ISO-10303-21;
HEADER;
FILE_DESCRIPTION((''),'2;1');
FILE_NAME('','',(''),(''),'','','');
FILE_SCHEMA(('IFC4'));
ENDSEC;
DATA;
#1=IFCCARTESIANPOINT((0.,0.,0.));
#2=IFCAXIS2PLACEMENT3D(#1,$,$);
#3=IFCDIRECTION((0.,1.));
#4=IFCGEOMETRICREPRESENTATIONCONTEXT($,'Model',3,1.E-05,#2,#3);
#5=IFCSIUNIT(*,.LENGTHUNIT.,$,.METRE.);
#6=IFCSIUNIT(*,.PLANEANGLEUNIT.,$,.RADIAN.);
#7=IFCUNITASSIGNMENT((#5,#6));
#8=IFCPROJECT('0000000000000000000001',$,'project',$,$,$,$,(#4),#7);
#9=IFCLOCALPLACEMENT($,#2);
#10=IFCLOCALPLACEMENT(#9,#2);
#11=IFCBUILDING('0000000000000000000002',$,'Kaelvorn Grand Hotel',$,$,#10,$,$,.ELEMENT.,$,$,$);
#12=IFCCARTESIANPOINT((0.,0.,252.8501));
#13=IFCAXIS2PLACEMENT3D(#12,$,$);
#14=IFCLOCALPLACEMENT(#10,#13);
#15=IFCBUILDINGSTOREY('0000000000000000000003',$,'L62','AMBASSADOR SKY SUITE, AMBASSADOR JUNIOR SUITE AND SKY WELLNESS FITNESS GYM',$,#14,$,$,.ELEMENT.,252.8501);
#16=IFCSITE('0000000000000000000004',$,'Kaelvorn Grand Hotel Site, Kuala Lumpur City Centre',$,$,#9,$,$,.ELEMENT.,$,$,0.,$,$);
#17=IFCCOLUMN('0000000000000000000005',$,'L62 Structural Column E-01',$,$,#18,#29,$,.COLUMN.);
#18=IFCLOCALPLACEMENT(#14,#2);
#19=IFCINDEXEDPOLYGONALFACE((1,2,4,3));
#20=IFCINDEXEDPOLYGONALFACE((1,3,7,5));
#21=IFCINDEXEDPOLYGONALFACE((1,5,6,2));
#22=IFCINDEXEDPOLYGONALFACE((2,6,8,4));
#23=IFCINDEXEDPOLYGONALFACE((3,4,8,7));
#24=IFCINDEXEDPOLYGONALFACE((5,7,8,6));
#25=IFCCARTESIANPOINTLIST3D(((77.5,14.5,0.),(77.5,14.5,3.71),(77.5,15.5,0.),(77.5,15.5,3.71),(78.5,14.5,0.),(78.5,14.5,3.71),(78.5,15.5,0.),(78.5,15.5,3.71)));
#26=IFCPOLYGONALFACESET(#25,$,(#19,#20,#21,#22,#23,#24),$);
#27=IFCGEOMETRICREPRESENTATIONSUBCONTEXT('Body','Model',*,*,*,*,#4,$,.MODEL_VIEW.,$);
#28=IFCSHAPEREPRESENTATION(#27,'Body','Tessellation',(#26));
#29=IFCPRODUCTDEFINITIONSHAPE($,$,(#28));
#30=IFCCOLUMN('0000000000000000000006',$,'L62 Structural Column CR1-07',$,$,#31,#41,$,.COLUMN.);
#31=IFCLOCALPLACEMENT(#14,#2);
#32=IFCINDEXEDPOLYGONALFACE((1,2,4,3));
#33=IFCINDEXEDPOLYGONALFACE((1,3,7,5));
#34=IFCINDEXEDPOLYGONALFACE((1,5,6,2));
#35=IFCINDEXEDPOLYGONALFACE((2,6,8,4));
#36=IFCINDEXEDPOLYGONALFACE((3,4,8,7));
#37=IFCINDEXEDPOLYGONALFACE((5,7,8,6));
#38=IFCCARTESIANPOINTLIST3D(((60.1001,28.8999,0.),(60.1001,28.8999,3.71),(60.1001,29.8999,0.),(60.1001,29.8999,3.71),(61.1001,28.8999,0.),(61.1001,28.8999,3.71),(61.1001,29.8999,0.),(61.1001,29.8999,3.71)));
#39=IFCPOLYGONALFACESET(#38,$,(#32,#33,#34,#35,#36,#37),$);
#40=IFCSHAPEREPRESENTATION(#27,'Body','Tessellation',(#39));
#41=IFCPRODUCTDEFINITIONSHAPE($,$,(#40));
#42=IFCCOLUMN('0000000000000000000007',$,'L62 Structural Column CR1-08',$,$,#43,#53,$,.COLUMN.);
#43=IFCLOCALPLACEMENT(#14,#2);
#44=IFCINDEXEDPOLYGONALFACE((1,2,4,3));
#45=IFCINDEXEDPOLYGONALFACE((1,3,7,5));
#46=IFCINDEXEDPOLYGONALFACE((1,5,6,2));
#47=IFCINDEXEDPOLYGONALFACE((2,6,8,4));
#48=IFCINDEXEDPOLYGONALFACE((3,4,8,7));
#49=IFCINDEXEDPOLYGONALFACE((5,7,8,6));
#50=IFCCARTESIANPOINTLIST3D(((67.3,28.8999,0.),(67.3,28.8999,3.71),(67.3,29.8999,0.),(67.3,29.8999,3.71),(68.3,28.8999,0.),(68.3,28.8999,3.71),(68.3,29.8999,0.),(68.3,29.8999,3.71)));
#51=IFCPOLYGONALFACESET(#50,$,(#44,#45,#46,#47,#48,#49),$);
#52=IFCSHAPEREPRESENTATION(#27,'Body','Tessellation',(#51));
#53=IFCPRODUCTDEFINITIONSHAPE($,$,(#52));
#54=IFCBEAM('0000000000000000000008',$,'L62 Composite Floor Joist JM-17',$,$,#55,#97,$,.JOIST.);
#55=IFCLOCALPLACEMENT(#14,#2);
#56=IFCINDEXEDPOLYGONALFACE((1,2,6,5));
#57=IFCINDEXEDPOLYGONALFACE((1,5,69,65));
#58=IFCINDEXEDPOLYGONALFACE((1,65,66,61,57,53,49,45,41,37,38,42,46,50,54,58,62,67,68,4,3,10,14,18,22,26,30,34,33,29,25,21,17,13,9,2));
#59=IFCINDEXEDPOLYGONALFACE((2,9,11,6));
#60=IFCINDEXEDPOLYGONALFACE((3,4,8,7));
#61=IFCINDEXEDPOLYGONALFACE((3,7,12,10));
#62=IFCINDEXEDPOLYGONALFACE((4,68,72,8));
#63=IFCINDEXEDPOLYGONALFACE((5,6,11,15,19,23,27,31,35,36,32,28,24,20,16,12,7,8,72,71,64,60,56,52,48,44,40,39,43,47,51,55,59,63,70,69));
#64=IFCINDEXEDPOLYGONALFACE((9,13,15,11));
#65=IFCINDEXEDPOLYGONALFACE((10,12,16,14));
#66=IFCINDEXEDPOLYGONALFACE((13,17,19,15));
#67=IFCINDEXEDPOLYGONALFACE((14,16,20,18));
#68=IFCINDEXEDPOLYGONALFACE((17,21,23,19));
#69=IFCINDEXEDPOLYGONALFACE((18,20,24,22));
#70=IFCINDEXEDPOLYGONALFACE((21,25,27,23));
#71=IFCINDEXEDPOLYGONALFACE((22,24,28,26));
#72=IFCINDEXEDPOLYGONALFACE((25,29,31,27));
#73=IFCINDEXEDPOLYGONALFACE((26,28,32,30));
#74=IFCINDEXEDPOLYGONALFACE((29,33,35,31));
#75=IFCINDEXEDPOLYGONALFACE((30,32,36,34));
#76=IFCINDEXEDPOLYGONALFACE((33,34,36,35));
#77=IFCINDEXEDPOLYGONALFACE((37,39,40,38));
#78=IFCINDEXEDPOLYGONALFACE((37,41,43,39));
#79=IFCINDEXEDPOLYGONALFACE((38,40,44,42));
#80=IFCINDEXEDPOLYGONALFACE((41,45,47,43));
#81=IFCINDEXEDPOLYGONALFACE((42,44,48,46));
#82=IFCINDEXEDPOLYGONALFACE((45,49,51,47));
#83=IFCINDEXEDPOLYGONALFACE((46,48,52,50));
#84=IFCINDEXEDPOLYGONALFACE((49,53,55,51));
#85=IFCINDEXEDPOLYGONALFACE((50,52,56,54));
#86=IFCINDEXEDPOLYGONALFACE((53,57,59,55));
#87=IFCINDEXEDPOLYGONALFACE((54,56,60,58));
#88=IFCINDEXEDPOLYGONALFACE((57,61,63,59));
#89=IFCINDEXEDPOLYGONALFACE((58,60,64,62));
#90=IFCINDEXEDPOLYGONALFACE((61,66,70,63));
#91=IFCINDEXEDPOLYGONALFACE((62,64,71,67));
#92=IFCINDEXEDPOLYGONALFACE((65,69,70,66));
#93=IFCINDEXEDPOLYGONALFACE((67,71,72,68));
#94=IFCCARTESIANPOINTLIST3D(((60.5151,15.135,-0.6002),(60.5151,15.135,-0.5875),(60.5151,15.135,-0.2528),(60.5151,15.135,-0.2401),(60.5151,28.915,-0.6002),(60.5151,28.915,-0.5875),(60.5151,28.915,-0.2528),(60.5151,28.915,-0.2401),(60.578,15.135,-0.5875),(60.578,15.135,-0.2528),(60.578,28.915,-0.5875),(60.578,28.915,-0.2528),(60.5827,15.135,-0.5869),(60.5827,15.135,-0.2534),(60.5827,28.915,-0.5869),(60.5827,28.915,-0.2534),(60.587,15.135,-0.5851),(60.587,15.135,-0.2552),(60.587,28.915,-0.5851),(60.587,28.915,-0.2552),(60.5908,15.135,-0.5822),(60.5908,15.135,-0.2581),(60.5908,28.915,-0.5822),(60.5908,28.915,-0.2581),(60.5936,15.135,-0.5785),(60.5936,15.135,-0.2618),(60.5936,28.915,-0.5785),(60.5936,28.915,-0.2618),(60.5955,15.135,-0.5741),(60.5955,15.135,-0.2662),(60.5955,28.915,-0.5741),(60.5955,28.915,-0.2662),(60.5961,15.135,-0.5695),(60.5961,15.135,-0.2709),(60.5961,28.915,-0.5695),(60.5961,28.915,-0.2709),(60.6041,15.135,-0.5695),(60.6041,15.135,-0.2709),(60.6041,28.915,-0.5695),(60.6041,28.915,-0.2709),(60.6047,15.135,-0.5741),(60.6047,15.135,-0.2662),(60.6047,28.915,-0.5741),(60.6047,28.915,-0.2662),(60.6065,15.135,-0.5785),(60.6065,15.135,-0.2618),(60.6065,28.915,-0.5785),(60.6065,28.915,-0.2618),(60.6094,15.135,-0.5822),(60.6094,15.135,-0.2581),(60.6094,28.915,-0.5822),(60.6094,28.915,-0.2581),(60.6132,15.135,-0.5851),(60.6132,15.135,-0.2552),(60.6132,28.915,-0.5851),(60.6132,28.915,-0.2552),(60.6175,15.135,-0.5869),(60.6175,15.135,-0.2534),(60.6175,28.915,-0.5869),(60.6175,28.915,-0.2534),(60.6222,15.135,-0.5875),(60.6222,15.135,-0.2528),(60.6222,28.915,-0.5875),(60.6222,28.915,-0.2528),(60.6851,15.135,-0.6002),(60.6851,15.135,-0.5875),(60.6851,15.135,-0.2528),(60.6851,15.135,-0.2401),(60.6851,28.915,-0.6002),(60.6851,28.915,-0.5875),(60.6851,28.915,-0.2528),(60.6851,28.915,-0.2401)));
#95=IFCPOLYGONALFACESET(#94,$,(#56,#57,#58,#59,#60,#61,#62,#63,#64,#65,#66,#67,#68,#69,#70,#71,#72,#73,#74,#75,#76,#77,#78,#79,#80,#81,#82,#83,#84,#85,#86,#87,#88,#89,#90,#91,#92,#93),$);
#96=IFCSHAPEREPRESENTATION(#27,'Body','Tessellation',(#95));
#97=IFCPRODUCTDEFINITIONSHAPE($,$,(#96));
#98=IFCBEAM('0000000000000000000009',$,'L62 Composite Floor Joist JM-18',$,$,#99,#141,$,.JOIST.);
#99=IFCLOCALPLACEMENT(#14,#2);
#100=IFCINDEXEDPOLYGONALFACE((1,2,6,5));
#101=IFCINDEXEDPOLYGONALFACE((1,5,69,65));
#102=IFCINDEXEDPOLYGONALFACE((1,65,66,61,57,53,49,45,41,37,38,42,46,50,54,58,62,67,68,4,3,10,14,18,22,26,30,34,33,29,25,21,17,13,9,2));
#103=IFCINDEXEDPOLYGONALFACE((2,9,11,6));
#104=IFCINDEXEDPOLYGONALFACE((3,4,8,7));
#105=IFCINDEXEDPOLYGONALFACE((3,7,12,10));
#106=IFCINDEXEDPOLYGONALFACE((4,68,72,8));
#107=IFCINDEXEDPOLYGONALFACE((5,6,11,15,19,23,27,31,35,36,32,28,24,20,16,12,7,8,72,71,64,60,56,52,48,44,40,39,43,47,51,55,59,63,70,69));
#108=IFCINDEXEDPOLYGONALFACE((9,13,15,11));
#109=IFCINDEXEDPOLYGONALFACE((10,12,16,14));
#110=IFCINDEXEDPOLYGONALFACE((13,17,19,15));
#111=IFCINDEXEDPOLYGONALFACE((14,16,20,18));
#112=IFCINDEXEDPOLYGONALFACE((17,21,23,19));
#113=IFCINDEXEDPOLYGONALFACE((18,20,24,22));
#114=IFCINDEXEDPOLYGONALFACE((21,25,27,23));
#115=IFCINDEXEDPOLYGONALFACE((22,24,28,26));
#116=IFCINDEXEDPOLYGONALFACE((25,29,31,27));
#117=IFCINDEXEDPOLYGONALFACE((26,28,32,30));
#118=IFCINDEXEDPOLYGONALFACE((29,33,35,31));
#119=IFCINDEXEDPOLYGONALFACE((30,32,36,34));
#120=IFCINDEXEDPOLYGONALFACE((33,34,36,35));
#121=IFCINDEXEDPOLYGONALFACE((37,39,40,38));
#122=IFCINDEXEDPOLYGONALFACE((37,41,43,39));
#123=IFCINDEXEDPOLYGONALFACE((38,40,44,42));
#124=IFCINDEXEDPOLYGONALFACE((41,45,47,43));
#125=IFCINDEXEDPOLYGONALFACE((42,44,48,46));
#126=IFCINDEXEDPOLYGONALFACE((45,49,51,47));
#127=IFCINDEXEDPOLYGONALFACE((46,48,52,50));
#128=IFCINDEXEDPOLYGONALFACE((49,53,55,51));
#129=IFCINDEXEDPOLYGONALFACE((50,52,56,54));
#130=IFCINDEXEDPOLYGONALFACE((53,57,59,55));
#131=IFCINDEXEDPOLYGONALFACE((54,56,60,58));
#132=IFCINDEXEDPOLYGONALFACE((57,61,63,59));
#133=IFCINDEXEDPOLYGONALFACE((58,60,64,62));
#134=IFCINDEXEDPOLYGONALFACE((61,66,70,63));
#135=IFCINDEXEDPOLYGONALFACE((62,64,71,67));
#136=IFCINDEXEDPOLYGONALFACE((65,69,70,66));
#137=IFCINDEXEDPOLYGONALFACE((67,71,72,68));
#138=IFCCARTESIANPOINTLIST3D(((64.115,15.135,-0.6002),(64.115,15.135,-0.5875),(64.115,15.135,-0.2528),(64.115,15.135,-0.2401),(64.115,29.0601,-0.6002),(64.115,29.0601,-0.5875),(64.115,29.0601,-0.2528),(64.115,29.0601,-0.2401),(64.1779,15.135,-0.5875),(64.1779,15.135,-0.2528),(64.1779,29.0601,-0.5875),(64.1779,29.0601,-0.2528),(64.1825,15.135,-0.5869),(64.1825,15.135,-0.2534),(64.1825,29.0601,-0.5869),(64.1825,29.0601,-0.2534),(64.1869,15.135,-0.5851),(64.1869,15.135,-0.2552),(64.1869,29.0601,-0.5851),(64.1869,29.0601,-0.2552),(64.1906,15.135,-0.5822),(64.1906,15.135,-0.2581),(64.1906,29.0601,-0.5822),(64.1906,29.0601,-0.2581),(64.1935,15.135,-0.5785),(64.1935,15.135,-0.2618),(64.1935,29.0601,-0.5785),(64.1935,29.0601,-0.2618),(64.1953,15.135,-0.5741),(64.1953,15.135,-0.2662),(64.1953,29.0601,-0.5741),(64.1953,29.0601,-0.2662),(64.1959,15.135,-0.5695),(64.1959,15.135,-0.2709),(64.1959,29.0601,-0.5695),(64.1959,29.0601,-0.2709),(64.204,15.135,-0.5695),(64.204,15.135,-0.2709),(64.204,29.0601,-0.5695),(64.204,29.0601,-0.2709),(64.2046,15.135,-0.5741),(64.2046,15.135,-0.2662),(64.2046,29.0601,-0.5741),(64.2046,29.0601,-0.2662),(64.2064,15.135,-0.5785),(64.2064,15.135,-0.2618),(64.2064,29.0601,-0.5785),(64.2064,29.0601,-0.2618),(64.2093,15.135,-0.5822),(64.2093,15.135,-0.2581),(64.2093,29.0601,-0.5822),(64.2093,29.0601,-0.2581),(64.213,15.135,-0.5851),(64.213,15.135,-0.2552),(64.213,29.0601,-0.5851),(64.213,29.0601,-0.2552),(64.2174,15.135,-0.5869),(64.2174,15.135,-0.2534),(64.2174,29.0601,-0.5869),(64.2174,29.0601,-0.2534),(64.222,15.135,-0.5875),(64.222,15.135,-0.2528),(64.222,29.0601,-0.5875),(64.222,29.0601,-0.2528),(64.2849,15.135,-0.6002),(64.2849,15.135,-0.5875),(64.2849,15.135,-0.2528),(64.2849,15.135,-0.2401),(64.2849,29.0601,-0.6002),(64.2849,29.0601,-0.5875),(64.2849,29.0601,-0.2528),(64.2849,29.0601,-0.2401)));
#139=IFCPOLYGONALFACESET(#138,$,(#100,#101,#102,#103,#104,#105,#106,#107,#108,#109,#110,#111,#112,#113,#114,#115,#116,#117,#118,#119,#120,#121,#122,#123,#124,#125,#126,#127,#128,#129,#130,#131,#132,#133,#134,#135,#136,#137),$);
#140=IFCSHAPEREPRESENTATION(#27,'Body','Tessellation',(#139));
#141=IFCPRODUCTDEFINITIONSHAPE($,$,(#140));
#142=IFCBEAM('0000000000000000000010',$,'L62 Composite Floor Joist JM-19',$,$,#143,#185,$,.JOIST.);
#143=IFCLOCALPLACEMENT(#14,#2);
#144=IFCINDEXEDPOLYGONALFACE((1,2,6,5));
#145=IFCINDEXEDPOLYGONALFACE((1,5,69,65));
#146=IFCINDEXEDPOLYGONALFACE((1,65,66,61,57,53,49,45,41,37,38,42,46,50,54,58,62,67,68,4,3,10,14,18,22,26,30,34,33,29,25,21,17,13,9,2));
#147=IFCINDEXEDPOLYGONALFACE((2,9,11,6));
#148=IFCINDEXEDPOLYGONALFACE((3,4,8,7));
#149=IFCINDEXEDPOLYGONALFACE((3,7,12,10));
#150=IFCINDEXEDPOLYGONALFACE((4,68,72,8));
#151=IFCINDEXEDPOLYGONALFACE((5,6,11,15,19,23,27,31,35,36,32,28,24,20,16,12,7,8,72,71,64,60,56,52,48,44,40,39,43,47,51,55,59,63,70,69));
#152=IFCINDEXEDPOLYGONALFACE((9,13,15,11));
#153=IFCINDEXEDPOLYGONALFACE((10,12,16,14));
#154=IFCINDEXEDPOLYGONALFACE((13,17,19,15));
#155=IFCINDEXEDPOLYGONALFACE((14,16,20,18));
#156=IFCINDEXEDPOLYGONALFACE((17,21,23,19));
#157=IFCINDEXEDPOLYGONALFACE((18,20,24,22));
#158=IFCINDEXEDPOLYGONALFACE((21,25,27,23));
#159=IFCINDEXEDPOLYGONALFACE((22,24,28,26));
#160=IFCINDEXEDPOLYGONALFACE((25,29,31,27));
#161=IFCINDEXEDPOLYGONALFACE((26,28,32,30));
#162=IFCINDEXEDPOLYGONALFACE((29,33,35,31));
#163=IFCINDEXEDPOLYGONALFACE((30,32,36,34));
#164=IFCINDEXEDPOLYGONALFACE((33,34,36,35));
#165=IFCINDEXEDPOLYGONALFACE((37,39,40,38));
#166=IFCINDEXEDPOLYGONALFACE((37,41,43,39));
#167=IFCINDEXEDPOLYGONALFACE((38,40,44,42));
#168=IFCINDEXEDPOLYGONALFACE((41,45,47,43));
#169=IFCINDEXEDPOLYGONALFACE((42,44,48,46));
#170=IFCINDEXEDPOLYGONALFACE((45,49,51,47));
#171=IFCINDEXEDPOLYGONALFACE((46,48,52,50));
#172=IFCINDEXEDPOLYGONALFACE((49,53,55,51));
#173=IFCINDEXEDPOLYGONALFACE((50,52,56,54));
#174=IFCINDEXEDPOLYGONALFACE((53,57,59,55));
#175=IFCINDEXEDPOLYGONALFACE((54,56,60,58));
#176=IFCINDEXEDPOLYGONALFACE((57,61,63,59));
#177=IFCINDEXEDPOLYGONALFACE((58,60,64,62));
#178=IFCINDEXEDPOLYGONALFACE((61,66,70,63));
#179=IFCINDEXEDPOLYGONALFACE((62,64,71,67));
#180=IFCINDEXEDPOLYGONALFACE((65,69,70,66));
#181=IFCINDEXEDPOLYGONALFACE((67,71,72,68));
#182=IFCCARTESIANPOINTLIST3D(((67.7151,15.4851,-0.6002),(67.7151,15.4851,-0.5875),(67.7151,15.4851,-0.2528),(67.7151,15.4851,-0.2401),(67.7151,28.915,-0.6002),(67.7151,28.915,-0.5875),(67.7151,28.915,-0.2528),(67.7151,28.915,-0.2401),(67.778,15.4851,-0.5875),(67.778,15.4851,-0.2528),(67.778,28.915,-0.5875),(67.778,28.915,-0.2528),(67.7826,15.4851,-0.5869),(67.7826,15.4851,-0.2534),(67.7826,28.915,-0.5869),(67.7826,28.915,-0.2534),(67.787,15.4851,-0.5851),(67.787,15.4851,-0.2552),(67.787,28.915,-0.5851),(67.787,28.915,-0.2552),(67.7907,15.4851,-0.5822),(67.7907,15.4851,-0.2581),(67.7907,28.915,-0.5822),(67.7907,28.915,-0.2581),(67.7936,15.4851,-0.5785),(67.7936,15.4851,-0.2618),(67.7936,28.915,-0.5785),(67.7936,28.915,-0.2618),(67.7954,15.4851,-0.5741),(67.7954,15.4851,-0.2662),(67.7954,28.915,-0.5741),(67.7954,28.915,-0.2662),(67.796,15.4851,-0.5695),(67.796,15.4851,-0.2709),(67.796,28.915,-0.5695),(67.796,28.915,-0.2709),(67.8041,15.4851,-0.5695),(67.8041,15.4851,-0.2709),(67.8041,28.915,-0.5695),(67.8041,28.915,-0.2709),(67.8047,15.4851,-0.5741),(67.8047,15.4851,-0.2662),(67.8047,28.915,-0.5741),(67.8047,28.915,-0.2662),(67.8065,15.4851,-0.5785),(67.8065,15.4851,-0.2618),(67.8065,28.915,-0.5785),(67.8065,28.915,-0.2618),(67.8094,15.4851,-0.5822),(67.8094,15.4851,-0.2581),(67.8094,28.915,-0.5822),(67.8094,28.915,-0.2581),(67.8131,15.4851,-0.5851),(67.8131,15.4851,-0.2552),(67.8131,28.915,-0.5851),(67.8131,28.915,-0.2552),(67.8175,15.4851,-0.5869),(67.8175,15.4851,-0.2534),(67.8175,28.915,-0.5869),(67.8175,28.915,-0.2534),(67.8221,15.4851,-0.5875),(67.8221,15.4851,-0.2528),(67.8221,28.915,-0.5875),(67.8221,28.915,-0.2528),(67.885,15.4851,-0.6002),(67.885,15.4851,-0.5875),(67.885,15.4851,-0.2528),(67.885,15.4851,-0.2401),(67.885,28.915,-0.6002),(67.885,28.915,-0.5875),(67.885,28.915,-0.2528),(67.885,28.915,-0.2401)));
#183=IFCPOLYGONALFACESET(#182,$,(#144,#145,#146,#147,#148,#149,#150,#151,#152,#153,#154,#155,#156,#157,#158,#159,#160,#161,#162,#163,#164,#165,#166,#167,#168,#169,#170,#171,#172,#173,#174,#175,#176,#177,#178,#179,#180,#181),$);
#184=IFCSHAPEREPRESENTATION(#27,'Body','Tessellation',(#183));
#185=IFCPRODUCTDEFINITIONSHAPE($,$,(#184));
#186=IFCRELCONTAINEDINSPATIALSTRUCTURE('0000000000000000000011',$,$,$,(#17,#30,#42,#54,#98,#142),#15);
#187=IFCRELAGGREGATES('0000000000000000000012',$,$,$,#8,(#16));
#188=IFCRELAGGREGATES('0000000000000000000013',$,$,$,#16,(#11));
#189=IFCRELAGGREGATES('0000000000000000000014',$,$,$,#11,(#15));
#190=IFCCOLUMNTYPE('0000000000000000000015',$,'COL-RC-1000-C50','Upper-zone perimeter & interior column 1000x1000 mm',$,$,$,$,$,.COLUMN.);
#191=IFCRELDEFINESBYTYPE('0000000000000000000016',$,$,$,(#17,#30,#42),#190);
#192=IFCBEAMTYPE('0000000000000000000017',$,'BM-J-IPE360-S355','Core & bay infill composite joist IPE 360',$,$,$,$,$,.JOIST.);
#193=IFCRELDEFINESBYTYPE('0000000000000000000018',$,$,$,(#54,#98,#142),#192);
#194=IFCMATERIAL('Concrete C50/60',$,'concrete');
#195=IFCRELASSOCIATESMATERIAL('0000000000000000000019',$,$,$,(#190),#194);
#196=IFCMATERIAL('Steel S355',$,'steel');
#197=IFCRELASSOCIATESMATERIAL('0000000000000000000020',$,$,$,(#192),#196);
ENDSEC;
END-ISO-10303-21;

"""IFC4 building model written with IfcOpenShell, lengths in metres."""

from ifc_helpers import new_model, si_unit, direction, frame, origin, origin_2d, place, context, subcontext, project, spatial, rectangle, i_section, extrude, material, material_profile, profile_set, type_object, element, save


model = new_model("IFC4")

# Units and contexts
model_context = context("Model", 3, precision=1e-05, world=origin(), true_north=direction((0.0, 1.0)))
body_context = subcontext(model_context, "Body", "Model", "MODEL_VIEW")
ifc_project = project(units=[si_unit("LENGTHUNIT", "METRE"), si_unit("PLANEANGLEUNIT", "RADIAN")], contexts=[model_context])

# Site, building, storey
site_placement = place(None, origin())
site = spatial("IfcSite", under=ifc_project, at=site_placement, Name="Kaelvorn Grand Hotel Site, Kuala Lumpur City Centre", CompositionType="ELEMENT", RefElevation=0.0)
building_placement = place(site_placement, origin())
building = spatial("IfcBuilding", under=site, at=building_placement, Name="Kaelvorn Grand Hotel", CompositionType="ELEMENT")
storey_placement = place(building_placement, frame((0.0, 0.0, 252.8501)))
storey = spatial("IfcBuildingStorey", under=building, at=storey_placement, Name="L62", Description="AMBASSADOR SKY SUITE, AMBASSADOR JUNIOR SUITE AND SKY WELLNESS FITNESS GYM", CompositionType="ELEMENT", Elevation=252.8501)

# Columns
ifc_material_1 = material(Name="Concrete C50/60", Category="concrete")
ifc_material_profile_1 = material_profile(ifc_material_1, rectangle(XDim=1.0, YDim=1.0, at=origin_2d()), Name="RC COL 1000x1000")
ifc_profile_set_1 = profile_set([ifc_material_profile_1], Name="Concrete C50/60")
column_type = type_object("IfcColumnType", Name="COL-RC-1000-C50", Description="Upper-zone perimeter & interior column 1000x1000 mm", PredefinedType="COLUMN", material=ifc_profile_set_1)
for number, where, z_axis, x_axis, name in (
    (1, (78.0, 15.0, 0.0), (0.0, 0.0, 1.0), (1.0, 0.0, 0.0), "L62 Structural Column E-01"),
    (2, (60.6001, 29.3999, 0.0), (0.0, 0.0, 1.0), (1.0, 0.0, 0.0), "L62 Structural Column CR1-07"),
    (3, (67.8, 29.3999, 0.0), (0.0, 0.0, 1.0), (1.0, 0.0, 0.0), "L62 Structural Column CR1-08"),
):
    element("IfcColumn", number, at=place(storey_placement, frame(where, z_axis=z_axis, x_axis=x_axis)), inside=storey, type_object=column_type, Name=name, PredefinedType="COLUMN", context=body_context, shape_type="SweptSolid", body=[
        extrude(rectangle(XDim=1.0, YDim=1.0, at=origin_2d()), origin(), (0.0, 0.0, 1.0), 3.71),
    ])

# Beams
ifc_material_2 = material(Name="Steel S355", Category="steel")
ifc_material_profile_2 = material_profile(ifc_material_2, i_section(OverallWidth=0.1699, OverallDepth=0.3601, WebThickness=0.0081, FlangeThickness=0.0127, FilletRadius=0.0181, at=origin_2d()), Name="IPE 360")
ifc_profile_set_2 = profile_set([ifc_material_profile_2], Name="Steel S355")
beam_type_1 = type_object("IfcBeamType", Name="BM-J-IPE360-S355", Description="Core & bay infill composite joist IPE 360", PredefinedType="JOIST", material=ifc_profile_set_2)
beam_1_placement = place(storey_placement, frame((60.6001, 15.135, -0.4202), z_axis=(0.0, 1.0, 0.0), x_axis=(-1.0, 0.0, 0.0)))
element("IfcBeam", 4, at=beam_1_placement, inside=storey, type_object=beam_type_1, Name="L62 Composite Floor Joist JM-17", PredefinedType="JOIST", context=body_context, shape_type="SweptSolid", body=[
    extrude(i_section(OverallWidth=0.1699, OverallDepth=0.3601, WebThickness=0.0081, FlangeThickness=0.0127, FilletRadius=0.0181, at=origin_2d()), origin(), (0.0, 0.0, 1.0), 13.78),
])
beam_2_placement = place(storey_placement, frame((64.2, 15.135, -0.4202), z_axis=(0.0, 1.0, 0.0), x_axis=(-1.0, 0.0, 0.0)))
element("IfcBeam", 5, at=beam_2_placement, inside=storey, type_object=beam_type_1, Name="L62 Composite Floor Joist JM-18", PredefinedType="JOIST", context=body_context, shape_type="SweptSolid", body=[
    extrude(i_section(OverallWidth=0.1699, OverallDepth=0.3601, WebThickness=0.0081, FlangeThickness=0.0127, FilletRadius=0.0181, at=origin_2d()), origin(), (0.0, 0.0, 1.0), 13.925),
])
beam_3_placement = place(storey_placement, frame((67.8, 15.4851, -0.4202), z_axis=(0.0, 1.0, 0.0), x_axis=(-1.0, 0.0, 0.0)))
element("IfcBeam", 6, at=beam_3_placement, inside=storey, type_object=beam_type_1, Name="L62 Composite Floor Joist JM-19", PredefinedType="JOIST", context=body_context, shape_type="SweptSolid", body=[
    extrude(i_section(OverallWidth=0.1699, OverallDepth=0.3601, WebThickness=0.0081, FlangeThickness=0.0127, FilletRadius=0.0181, at=origin_2d()), origin(), (0.0, 0.0, 1.0), 13.4299),
])

save(model, "model.ifc")
